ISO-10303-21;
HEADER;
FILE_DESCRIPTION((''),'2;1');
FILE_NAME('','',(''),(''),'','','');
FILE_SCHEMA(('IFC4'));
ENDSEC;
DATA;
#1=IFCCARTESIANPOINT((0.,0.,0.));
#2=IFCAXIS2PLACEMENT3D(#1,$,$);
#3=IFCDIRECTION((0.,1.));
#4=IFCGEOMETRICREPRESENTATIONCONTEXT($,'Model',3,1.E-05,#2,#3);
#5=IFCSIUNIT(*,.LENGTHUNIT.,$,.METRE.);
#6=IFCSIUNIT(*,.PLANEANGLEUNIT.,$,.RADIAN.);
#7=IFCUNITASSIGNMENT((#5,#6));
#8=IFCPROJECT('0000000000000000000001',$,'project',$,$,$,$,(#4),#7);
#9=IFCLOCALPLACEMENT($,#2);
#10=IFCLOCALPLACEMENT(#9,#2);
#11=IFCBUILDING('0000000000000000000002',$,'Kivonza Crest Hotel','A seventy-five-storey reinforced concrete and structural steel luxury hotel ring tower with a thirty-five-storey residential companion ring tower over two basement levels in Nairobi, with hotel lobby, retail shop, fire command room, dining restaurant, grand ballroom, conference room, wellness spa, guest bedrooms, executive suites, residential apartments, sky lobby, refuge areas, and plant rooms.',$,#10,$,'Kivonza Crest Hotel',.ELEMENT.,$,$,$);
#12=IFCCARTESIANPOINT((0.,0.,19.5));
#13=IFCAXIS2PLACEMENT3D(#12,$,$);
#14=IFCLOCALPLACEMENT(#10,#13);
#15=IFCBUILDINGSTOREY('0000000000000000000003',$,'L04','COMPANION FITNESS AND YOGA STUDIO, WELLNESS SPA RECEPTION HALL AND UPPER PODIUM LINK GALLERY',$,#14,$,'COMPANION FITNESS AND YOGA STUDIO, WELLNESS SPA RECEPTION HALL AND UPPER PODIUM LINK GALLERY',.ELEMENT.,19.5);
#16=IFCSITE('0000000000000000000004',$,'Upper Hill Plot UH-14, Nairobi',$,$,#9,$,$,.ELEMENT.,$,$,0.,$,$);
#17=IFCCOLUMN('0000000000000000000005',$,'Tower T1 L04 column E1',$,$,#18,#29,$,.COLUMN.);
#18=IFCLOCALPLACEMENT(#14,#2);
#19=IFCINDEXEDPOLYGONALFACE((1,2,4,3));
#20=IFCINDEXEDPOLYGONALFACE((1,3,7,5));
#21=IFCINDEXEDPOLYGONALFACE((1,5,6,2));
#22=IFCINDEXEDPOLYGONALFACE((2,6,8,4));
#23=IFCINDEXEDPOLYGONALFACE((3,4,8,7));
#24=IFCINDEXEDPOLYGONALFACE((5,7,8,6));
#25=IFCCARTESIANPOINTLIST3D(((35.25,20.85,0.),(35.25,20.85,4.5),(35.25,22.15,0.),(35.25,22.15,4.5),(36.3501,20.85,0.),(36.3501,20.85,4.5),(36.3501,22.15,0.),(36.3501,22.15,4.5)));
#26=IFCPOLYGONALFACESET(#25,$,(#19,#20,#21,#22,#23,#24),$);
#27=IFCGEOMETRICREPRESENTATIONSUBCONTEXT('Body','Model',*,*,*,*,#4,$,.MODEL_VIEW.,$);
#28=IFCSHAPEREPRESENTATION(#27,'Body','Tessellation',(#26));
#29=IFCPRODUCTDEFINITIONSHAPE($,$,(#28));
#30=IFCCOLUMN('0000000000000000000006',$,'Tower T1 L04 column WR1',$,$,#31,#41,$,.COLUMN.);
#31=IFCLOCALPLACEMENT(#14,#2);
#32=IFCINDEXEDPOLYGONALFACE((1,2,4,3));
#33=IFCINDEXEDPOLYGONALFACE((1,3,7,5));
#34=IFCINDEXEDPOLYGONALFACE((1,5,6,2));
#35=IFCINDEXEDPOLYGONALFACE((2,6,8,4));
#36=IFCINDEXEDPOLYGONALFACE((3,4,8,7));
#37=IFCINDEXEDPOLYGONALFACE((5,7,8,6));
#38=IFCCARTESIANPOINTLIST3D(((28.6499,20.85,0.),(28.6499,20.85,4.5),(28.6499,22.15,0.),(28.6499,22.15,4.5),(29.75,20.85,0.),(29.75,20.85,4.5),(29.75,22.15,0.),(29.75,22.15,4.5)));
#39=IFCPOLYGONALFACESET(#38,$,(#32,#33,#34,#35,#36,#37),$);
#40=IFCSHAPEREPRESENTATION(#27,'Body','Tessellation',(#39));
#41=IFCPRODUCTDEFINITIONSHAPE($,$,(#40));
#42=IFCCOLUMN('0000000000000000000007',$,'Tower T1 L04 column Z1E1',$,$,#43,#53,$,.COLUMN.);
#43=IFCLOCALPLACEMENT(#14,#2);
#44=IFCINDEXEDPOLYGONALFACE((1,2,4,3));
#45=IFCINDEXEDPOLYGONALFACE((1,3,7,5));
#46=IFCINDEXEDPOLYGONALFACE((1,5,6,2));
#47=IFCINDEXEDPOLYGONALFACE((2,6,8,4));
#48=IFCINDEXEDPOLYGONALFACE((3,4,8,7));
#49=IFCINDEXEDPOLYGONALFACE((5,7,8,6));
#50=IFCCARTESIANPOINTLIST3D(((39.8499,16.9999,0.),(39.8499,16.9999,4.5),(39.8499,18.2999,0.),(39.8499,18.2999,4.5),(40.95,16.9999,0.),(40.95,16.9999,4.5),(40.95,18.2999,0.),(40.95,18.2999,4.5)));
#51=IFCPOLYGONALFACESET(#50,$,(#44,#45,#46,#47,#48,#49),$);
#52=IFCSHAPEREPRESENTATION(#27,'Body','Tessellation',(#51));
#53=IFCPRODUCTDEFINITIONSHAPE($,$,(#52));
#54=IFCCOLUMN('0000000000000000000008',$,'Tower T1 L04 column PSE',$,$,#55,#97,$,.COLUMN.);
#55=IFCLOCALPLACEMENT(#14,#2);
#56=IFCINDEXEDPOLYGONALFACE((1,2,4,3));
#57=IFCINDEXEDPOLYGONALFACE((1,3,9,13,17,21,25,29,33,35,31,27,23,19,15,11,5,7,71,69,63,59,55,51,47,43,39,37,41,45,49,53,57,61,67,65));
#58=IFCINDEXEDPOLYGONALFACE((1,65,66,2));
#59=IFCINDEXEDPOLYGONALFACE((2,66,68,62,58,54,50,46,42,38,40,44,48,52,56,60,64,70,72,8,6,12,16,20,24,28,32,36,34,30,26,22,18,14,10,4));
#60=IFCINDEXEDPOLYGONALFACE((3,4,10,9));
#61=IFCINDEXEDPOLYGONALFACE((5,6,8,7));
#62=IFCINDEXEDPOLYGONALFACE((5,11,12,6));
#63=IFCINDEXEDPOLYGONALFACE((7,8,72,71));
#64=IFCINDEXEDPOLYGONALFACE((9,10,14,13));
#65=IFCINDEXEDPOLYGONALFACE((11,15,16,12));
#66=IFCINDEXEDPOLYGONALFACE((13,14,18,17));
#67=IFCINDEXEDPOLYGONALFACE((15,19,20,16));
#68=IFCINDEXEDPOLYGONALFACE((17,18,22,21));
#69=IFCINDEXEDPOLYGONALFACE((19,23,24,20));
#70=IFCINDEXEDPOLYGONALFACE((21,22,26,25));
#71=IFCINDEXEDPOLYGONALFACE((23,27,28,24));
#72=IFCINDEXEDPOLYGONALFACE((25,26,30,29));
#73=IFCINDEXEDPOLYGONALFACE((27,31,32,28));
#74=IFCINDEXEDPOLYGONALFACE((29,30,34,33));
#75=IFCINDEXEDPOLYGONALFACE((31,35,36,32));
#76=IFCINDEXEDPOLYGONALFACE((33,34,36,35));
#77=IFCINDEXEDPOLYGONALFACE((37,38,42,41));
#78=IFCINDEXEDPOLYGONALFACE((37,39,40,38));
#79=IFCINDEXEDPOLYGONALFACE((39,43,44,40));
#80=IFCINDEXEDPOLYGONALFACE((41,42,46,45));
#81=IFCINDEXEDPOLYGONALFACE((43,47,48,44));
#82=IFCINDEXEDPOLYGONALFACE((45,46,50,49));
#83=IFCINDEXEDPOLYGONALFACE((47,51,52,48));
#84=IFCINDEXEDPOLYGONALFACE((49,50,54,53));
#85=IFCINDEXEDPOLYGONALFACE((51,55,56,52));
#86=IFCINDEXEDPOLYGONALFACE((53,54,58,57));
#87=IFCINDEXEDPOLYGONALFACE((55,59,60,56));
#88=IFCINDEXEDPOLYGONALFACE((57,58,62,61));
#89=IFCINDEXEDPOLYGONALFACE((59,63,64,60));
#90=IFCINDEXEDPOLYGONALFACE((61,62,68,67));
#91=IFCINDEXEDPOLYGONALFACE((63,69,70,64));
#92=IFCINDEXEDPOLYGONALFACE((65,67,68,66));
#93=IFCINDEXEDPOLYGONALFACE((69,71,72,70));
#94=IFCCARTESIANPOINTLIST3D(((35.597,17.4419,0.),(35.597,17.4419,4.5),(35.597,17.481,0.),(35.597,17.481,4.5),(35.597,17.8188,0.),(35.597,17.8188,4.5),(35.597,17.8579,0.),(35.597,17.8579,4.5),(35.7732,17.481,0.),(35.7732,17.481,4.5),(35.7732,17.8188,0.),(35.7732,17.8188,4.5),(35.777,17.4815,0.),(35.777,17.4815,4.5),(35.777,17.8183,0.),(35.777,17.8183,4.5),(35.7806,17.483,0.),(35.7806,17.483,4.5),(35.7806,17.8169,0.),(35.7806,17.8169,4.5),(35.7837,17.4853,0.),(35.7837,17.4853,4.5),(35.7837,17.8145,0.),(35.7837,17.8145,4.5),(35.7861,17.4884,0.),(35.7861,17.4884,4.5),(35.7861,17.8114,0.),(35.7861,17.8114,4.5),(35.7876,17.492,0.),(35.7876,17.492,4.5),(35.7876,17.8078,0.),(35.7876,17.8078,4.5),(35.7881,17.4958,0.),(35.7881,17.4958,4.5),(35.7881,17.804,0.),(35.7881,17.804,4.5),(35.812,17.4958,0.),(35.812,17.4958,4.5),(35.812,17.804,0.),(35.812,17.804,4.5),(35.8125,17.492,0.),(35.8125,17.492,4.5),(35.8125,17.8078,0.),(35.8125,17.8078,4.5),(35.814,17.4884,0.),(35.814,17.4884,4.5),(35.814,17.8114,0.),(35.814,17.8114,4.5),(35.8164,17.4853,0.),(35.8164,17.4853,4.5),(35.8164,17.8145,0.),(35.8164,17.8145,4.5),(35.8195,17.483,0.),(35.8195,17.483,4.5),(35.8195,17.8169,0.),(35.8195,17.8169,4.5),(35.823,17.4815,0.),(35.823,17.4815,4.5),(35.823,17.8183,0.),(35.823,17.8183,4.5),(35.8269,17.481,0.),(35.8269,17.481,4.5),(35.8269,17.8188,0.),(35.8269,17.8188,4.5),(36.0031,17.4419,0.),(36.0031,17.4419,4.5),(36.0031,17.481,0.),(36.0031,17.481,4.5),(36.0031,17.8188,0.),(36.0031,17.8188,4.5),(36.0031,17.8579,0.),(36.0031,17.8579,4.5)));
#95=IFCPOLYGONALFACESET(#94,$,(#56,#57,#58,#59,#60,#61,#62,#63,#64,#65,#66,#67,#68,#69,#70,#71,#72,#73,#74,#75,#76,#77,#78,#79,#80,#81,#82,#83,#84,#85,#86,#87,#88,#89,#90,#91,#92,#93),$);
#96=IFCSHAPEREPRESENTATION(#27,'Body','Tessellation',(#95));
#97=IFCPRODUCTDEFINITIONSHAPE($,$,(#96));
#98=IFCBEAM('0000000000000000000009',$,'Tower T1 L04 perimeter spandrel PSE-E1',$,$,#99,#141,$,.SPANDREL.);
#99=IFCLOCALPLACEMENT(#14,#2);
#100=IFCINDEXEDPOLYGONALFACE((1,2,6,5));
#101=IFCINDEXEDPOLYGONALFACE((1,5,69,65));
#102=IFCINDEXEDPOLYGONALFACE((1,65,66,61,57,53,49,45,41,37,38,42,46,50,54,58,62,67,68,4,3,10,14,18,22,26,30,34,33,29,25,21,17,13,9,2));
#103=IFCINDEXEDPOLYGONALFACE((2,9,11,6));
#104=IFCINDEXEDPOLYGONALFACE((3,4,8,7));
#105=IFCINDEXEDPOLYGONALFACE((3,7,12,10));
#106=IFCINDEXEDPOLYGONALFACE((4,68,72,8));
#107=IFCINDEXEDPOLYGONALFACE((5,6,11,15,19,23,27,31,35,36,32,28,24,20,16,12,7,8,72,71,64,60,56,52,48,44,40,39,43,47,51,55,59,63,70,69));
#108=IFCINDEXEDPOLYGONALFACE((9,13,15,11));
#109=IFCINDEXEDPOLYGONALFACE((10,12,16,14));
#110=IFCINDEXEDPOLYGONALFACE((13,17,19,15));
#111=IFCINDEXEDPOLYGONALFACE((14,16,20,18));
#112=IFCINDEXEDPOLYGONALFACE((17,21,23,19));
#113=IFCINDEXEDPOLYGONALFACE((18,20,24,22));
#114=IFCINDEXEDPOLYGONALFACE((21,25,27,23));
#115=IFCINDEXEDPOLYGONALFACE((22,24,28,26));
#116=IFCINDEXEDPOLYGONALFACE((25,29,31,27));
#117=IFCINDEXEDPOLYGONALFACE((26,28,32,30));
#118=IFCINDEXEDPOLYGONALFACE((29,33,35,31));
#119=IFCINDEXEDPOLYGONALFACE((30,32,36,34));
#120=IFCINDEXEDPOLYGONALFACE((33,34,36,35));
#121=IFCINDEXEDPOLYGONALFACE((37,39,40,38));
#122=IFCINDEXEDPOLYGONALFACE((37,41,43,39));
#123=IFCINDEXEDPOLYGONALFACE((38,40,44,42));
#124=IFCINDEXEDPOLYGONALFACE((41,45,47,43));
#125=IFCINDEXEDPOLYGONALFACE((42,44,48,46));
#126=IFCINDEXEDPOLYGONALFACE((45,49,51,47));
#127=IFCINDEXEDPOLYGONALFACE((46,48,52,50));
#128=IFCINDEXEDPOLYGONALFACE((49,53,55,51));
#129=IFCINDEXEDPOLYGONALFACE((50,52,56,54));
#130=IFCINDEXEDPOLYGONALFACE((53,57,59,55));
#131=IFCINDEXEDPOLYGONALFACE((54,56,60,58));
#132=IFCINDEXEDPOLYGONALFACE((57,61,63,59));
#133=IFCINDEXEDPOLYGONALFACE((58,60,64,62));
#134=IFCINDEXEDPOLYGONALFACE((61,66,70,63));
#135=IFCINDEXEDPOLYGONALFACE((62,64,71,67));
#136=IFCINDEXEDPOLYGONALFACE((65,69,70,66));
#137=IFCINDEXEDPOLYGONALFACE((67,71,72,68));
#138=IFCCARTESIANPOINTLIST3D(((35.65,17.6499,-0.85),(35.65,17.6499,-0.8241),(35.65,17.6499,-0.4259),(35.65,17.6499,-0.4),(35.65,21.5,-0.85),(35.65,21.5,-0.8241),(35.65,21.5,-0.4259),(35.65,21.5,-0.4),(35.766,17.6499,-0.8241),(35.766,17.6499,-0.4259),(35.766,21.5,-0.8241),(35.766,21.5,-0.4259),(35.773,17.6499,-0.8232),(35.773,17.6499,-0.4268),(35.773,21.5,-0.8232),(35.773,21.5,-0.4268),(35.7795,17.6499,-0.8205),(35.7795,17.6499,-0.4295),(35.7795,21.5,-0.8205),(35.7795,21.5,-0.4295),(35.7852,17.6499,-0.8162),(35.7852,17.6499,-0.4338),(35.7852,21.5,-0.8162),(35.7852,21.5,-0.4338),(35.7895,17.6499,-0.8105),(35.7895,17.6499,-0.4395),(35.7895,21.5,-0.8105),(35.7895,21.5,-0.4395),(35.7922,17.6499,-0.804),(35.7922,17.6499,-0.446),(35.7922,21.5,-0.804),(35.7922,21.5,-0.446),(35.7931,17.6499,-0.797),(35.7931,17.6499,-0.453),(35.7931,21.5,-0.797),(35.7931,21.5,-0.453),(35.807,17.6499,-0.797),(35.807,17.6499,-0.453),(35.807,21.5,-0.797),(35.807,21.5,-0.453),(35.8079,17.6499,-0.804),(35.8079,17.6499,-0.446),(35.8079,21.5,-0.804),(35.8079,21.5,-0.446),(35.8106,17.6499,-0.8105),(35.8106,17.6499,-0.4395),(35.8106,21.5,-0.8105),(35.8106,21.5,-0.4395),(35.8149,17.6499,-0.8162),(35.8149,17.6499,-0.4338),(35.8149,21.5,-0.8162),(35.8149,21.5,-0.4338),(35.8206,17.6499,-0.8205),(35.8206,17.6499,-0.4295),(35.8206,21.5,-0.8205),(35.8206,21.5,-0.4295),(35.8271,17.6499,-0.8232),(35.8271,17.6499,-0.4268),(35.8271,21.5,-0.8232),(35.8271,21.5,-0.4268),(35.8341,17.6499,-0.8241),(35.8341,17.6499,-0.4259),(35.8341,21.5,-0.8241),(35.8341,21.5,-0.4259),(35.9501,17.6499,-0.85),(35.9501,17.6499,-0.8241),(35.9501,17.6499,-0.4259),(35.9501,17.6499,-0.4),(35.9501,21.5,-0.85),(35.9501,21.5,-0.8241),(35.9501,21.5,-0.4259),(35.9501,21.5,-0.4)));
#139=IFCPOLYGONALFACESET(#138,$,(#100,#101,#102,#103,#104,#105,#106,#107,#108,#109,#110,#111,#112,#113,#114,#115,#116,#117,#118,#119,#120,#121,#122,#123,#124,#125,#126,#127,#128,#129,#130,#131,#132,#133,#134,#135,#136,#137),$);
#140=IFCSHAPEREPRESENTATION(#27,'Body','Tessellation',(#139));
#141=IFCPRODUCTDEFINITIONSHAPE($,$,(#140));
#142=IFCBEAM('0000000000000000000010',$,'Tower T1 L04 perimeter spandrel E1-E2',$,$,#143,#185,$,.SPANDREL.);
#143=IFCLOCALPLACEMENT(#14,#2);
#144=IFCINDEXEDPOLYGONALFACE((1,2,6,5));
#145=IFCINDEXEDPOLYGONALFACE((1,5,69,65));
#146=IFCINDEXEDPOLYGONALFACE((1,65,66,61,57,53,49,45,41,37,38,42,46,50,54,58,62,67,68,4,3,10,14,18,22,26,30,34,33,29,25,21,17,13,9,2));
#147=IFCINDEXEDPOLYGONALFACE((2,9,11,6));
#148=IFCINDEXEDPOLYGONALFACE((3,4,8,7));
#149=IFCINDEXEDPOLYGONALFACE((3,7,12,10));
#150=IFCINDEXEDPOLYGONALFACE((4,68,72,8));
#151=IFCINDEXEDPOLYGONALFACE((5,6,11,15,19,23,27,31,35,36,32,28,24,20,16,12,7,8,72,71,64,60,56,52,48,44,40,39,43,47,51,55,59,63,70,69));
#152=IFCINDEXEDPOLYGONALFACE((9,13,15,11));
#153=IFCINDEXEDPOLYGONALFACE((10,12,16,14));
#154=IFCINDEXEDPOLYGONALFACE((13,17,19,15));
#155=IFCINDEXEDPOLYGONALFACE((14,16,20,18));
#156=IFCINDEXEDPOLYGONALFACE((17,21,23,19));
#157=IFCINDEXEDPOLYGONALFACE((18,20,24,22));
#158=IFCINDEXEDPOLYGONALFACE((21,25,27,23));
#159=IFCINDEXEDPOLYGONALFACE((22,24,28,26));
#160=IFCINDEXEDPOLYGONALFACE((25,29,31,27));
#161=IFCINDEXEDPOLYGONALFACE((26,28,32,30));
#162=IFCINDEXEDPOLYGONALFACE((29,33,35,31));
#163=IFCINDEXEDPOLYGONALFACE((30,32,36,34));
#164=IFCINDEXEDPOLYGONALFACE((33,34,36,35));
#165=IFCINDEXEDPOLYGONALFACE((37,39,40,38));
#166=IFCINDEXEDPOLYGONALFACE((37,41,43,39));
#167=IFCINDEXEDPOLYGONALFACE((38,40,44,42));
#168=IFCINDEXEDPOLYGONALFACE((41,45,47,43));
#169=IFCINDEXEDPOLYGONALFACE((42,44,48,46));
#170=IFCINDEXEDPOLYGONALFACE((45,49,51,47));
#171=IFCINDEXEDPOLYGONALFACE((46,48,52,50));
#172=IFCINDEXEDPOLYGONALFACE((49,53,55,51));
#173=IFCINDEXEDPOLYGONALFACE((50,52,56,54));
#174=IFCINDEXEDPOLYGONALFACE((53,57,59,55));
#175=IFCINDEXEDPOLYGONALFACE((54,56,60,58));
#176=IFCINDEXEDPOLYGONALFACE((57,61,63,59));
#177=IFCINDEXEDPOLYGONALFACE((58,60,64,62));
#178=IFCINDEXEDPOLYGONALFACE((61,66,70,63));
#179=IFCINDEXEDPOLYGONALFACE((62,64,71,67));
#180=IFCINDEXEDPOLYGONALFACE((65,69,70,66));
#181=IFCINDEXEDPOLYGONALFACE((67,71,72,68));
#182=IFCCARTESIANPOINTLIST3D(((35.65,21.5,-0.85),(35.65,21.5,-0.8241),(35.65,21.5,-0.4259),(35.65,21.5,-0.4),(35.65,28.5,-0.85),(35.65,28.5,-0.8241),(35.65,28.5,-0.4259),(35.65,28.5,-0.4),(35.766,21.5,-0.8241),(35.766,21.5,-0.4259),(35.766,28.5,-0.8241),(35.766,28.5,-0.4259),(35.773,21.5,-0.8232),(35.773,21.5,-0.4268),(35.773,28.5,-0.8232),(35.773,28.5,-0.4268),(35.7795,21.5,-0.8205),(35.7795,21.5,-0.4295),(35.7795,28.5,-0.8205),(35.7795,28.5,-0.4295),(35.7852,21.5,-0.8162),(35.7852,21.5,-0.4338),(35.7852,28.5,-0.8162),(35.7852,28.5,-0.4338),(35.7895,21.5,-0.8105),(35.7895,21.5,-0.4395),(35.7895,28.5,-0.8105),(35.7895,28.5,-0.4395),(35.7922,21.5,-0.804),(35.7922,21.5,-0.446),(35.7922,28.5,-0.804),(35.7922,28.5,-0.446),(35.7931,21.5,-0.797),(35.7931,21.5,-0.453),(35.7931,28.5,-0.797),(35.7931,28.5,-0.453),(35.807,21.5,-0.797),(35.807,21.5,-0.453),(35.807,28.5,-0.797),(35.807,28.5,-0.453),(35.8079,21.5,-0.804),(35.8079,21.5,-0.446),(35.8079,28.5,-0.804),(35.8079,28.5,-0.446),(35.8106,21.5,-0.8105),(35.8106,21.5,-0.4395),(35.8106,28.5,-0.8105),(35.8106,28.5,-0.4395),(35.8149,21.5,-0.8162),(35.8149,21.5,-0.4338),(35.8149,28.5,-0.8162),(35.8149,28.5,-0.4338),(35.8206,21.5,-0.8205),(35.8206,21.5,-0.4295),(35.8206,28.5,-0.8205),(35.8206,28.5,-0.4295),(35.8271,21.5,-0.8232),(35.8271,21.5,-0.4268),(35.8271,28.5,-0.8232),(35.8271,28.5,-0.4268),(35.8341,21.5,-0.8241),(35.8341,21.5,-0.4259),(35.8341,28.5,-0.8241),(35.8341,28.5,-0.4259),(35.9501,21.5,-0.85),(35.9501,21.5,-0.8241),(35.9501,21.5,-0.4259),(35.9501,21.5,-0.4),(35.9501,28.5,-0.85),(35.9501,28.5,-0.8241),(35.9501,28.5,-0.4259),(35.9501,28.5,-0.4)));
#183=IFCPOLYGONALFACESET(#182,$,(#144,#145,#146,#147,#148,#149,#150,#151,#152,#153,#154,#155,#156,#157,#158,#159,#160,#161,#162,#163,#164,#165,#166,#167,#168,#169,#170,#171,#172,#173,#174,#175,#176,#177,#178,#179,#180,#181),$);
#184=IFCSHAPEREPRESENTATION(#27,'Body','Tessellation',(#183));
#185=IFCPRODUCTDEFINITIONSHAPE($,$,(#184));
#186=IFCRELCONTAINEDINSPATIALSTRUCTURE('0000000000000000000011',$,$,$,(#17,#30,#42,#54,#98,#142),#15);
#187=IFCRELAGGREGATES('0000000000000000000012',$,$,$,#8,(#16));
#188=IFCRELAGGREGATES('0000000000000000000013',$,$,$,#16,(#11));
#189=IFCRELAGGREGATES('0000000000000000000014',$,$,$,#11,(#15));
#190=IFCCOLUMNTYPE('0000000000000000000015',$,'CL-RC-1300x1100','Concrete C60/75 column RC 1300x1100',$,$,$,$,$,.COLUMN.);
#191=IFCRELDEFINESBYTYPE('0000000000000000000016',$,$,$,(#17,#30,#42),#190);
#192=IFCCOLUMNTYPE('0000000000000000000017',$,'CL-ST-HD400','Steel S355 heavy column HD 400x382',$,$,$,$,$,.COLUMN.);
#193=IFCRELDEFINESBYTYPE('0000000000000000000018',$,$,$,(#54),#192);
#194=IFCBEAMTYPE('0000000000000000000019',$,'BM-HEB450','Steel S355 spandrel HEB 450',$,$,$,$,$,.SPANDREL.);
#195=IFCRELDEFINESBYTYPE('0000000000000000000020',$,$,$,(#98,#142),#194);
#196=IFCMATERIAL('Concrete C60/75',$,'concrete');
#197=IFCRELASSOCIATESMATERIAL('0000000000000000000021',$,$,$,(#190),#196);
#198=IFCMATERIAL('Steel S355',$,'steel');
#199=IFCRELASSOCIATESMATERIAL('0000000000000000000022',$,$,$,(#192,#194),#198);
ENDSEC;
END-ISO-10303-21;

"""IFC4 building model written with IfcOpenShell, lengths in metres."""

from ifc_helpers import new_model, si_unit, direction, frame, origin, origin_2d, place, context, subcontext, project, spatial, rectangle, i_section, extrude, material, material_profile, profile_set, type_object, element, save


model = new_model("IFC4")

# Units and contexts
model_context = context("Model", 3, precision=1e-05, world=origin(), true_north=direction((0.0, 1.0)))
body_context = subcontext(model_context, "Body", "Model", "MODEL_VIEW")
ifc_project = project(units=[si_unit("LENGTHUNIT", "METRE"), si_unit("PLANEANGLEUNIT", "RADIAN")], contexts=[model_context])

# Site, building, storey
site_placement = place(None, origin())
site = spatial("IfcSite", under=ifc_project, at=site_placement, Name="Upper Hill Plot UH-14, Nairobi", CompositionType="ELEMENT", RefElevation=0.0)
building_placement = place(site_placement, origin())
building = spatial("IfcBuilding", under=site, at=building_placement, Name="Kivonza Crest Hotel", Description="A seventy-five-storey reinforced concrete and structural steel luxury hotel ring tower with a thirty-five-storey residential companion ring tower over two basement levels in Nairobi, with hotel lobby, retail shop, fire command room, dining restaurant, grand ballroom, conference room, wellness spa, guest bedrooms, executive suites, residential apartments, sky lobby, refuge areas, and plant rooms.", LongName="Kivonza Crest Hotel", CompositionType="ELEMENT")
storey_placement = place(building_placement, frame((0.0, 0.0, 19.5)))
storey = spatial("IfcBuildingStorey", under=building, at=storey_placement, Name="L04", Description="COMPANION FITNESS AND YOGA STUDIO, WELLNESS SPA RECEPTION HALL AND UPPER PODIUM LINK GALLERY", LongName="COMPANION FITNESS AND YOGA STUDIO, WELLNESS SPA RECEPTION HALL AND UPPER PODIUM LINK GALLERY", CompositionType="ELEMENT", Elevation=19.5)

# Columns
ifc_material_1 = material(Name="Concrete C60/75", Category="concrete")
ifc_material_profile_1 = material_profile(ifc_material_1, rectangle(XDim=1.1001, YDim=1.3, at=origin_2d()), Name="RC 1300x1100")
ifc_profile_set_1 = profile_set([ifc_material_profile_1], Name="Concrete C60/75")
column_type_1 = type_object("IfcColumnType", Name="CL-RC-1300x1100", Description="Concrete C60/75 column RC 1300x1100", PredefinedType="COLUMN", material=ifc_profile_set_1)
for number, where, z_axis, x_axis, name in (
    (1, (35.8, 21.5, 0.0), (0.0, 0.0, 1.0), (1.0, 0.0, 0.0), "Tower T1 L04 column E1"),
    (2, (29.2, 21.5, 0.0), (0.0, 0.0, 1.0), (1.0, 0.0, 0.0), "Tower T1 L04 column WR1"),
    (3, (40.3999, 17.6499, 0.0), (0.0, 0.0, 1.0), (1.0, 0.0, 0.0), "Tower T1 L04 column Z1E1"),
):
    element("IfcColumn", number, at=place(storey_placement, frame(where, z_axis=z_axis, x_axis=x_axis)), inside=storey, type_object=column_type_1, Name=name, PredefinedType="COLUMN", context=body_context, shape_type="SweptSolid", body=[
        extrude(rectangle(XDim=1.1001, YDim=1.3, at=origin_2d()), origin(), (0.0, 0.0, 1.0), 4.5),
    ])
ifc_material_2 = material(Name="Steel S355", Category="steel")
ifc_material_profile_2 = material_profile(ifc_material_2, i_section(OverallWidth=0.406, OverallDepth=0.416, WebThickness=0.0239, FlangeThickness=0.0391, FilletRadius=0.0149, at=origin_2d()), Name="HD 400x382")
ifc_profile_set_2 = profile_set([ifc_material_profile_2], Name="Steel S355")
column_type_2 = type_object("IfcColumnType", Name="CL-ST-HD400", Description="Steel S355 heavy column HD 400x382", PredefinedType="COLUMN", material=ifc_profile_set_2)
column_placement = place(storey_placement, frame((35.8, 17.6499, 0.0), z_axis=(0.0, 0.0, 1.0), x_axis=(1.0, 0.0, 0.0)))
element("IfcColumn", 4, at=column_placement, inside=storey, type_object=column_type_2, Name="Tower T1 L04 column PSE", PredefinedType="COLUMN", context=body_context, shape_type="SweptSolid", body=[
    extrude(i_section(OverallWidth=0.406, OverallDepth=0.416, WebThickness=0.0239, FlangeThickness=0.0391, FilletRadius=0.0149, at=origin_2d()), origin(), (0.0, 0.0, 1.0), 4.5),
])

# Beams
ifc_material_profile_3 = material_profile(ifc_material_2, i_section(OverallWidth=0.3, OverallDepth=0.45, WebThickness=0.0139, FlangeThickness=0.0259, FilletRadius=0.0271, at=origin_2d()), Name="HEB 450")
ifc_profile_set_3 = profile_set([ifc_material_profile_3], Name="Steel S355")
beam_type_1 = type_object("IfcBeamType", Name="BM-HEB450", Description="Steel S355 spandrel HEB 450", PredefinedType="SPANDREL", material=ifc_profile_set_3)
beam_1_placement = place(storey_placement, frame((35.8, 17.6499, -0.625), z_axis=(0.0, 1.0, 0.0), x_axis=(-1.0, 0.0, 0.0)))
element("IfcBeam", 5, at=beam_1_placement, inside=storey, type_object=beam_type_1, Name="Tower T1 L04 perimeter spandrel PSE-E1", PredefinedType="SPANDREL", context=body_context, shape_type="SweptSolid", body=[
    extrude(i_section(OverallWidth=0.3, OverallDepth=0.45, WebThickness=0.0139, FlangeThickness=0.0259, FilletRadius=0.0271, at=origin_2d()), origin(), (0.0, 0.0, 1.0), 3.8501),
])
beam_2_placement = place(storey_placement, frame((35.8, 21.5, -0.625), z_axis=(0.0, 1.0, 0.0), x_axis=(-1.0, 0.0, 0.0)))
element("IfcBeam", 6, at=beam_2_placement, inside=storey, type_object=beam_type_1, Name="Tower T1 L04 perimeter spandrel E1-E2", PredefinedType="SPANDREL", context=body_context, shape_type="SweptSolid", body=[
    extrude(i_section(OverallWidth=0.3, OverallDepth=0.45, WebThickness=0.0139, FlangeThickness=0.0259, FilletRadius=0.0271, at=origin_2d()), origin(), (0.0, 0.0, 1.0), 7.0),
])

save(model, "model.ifc")
